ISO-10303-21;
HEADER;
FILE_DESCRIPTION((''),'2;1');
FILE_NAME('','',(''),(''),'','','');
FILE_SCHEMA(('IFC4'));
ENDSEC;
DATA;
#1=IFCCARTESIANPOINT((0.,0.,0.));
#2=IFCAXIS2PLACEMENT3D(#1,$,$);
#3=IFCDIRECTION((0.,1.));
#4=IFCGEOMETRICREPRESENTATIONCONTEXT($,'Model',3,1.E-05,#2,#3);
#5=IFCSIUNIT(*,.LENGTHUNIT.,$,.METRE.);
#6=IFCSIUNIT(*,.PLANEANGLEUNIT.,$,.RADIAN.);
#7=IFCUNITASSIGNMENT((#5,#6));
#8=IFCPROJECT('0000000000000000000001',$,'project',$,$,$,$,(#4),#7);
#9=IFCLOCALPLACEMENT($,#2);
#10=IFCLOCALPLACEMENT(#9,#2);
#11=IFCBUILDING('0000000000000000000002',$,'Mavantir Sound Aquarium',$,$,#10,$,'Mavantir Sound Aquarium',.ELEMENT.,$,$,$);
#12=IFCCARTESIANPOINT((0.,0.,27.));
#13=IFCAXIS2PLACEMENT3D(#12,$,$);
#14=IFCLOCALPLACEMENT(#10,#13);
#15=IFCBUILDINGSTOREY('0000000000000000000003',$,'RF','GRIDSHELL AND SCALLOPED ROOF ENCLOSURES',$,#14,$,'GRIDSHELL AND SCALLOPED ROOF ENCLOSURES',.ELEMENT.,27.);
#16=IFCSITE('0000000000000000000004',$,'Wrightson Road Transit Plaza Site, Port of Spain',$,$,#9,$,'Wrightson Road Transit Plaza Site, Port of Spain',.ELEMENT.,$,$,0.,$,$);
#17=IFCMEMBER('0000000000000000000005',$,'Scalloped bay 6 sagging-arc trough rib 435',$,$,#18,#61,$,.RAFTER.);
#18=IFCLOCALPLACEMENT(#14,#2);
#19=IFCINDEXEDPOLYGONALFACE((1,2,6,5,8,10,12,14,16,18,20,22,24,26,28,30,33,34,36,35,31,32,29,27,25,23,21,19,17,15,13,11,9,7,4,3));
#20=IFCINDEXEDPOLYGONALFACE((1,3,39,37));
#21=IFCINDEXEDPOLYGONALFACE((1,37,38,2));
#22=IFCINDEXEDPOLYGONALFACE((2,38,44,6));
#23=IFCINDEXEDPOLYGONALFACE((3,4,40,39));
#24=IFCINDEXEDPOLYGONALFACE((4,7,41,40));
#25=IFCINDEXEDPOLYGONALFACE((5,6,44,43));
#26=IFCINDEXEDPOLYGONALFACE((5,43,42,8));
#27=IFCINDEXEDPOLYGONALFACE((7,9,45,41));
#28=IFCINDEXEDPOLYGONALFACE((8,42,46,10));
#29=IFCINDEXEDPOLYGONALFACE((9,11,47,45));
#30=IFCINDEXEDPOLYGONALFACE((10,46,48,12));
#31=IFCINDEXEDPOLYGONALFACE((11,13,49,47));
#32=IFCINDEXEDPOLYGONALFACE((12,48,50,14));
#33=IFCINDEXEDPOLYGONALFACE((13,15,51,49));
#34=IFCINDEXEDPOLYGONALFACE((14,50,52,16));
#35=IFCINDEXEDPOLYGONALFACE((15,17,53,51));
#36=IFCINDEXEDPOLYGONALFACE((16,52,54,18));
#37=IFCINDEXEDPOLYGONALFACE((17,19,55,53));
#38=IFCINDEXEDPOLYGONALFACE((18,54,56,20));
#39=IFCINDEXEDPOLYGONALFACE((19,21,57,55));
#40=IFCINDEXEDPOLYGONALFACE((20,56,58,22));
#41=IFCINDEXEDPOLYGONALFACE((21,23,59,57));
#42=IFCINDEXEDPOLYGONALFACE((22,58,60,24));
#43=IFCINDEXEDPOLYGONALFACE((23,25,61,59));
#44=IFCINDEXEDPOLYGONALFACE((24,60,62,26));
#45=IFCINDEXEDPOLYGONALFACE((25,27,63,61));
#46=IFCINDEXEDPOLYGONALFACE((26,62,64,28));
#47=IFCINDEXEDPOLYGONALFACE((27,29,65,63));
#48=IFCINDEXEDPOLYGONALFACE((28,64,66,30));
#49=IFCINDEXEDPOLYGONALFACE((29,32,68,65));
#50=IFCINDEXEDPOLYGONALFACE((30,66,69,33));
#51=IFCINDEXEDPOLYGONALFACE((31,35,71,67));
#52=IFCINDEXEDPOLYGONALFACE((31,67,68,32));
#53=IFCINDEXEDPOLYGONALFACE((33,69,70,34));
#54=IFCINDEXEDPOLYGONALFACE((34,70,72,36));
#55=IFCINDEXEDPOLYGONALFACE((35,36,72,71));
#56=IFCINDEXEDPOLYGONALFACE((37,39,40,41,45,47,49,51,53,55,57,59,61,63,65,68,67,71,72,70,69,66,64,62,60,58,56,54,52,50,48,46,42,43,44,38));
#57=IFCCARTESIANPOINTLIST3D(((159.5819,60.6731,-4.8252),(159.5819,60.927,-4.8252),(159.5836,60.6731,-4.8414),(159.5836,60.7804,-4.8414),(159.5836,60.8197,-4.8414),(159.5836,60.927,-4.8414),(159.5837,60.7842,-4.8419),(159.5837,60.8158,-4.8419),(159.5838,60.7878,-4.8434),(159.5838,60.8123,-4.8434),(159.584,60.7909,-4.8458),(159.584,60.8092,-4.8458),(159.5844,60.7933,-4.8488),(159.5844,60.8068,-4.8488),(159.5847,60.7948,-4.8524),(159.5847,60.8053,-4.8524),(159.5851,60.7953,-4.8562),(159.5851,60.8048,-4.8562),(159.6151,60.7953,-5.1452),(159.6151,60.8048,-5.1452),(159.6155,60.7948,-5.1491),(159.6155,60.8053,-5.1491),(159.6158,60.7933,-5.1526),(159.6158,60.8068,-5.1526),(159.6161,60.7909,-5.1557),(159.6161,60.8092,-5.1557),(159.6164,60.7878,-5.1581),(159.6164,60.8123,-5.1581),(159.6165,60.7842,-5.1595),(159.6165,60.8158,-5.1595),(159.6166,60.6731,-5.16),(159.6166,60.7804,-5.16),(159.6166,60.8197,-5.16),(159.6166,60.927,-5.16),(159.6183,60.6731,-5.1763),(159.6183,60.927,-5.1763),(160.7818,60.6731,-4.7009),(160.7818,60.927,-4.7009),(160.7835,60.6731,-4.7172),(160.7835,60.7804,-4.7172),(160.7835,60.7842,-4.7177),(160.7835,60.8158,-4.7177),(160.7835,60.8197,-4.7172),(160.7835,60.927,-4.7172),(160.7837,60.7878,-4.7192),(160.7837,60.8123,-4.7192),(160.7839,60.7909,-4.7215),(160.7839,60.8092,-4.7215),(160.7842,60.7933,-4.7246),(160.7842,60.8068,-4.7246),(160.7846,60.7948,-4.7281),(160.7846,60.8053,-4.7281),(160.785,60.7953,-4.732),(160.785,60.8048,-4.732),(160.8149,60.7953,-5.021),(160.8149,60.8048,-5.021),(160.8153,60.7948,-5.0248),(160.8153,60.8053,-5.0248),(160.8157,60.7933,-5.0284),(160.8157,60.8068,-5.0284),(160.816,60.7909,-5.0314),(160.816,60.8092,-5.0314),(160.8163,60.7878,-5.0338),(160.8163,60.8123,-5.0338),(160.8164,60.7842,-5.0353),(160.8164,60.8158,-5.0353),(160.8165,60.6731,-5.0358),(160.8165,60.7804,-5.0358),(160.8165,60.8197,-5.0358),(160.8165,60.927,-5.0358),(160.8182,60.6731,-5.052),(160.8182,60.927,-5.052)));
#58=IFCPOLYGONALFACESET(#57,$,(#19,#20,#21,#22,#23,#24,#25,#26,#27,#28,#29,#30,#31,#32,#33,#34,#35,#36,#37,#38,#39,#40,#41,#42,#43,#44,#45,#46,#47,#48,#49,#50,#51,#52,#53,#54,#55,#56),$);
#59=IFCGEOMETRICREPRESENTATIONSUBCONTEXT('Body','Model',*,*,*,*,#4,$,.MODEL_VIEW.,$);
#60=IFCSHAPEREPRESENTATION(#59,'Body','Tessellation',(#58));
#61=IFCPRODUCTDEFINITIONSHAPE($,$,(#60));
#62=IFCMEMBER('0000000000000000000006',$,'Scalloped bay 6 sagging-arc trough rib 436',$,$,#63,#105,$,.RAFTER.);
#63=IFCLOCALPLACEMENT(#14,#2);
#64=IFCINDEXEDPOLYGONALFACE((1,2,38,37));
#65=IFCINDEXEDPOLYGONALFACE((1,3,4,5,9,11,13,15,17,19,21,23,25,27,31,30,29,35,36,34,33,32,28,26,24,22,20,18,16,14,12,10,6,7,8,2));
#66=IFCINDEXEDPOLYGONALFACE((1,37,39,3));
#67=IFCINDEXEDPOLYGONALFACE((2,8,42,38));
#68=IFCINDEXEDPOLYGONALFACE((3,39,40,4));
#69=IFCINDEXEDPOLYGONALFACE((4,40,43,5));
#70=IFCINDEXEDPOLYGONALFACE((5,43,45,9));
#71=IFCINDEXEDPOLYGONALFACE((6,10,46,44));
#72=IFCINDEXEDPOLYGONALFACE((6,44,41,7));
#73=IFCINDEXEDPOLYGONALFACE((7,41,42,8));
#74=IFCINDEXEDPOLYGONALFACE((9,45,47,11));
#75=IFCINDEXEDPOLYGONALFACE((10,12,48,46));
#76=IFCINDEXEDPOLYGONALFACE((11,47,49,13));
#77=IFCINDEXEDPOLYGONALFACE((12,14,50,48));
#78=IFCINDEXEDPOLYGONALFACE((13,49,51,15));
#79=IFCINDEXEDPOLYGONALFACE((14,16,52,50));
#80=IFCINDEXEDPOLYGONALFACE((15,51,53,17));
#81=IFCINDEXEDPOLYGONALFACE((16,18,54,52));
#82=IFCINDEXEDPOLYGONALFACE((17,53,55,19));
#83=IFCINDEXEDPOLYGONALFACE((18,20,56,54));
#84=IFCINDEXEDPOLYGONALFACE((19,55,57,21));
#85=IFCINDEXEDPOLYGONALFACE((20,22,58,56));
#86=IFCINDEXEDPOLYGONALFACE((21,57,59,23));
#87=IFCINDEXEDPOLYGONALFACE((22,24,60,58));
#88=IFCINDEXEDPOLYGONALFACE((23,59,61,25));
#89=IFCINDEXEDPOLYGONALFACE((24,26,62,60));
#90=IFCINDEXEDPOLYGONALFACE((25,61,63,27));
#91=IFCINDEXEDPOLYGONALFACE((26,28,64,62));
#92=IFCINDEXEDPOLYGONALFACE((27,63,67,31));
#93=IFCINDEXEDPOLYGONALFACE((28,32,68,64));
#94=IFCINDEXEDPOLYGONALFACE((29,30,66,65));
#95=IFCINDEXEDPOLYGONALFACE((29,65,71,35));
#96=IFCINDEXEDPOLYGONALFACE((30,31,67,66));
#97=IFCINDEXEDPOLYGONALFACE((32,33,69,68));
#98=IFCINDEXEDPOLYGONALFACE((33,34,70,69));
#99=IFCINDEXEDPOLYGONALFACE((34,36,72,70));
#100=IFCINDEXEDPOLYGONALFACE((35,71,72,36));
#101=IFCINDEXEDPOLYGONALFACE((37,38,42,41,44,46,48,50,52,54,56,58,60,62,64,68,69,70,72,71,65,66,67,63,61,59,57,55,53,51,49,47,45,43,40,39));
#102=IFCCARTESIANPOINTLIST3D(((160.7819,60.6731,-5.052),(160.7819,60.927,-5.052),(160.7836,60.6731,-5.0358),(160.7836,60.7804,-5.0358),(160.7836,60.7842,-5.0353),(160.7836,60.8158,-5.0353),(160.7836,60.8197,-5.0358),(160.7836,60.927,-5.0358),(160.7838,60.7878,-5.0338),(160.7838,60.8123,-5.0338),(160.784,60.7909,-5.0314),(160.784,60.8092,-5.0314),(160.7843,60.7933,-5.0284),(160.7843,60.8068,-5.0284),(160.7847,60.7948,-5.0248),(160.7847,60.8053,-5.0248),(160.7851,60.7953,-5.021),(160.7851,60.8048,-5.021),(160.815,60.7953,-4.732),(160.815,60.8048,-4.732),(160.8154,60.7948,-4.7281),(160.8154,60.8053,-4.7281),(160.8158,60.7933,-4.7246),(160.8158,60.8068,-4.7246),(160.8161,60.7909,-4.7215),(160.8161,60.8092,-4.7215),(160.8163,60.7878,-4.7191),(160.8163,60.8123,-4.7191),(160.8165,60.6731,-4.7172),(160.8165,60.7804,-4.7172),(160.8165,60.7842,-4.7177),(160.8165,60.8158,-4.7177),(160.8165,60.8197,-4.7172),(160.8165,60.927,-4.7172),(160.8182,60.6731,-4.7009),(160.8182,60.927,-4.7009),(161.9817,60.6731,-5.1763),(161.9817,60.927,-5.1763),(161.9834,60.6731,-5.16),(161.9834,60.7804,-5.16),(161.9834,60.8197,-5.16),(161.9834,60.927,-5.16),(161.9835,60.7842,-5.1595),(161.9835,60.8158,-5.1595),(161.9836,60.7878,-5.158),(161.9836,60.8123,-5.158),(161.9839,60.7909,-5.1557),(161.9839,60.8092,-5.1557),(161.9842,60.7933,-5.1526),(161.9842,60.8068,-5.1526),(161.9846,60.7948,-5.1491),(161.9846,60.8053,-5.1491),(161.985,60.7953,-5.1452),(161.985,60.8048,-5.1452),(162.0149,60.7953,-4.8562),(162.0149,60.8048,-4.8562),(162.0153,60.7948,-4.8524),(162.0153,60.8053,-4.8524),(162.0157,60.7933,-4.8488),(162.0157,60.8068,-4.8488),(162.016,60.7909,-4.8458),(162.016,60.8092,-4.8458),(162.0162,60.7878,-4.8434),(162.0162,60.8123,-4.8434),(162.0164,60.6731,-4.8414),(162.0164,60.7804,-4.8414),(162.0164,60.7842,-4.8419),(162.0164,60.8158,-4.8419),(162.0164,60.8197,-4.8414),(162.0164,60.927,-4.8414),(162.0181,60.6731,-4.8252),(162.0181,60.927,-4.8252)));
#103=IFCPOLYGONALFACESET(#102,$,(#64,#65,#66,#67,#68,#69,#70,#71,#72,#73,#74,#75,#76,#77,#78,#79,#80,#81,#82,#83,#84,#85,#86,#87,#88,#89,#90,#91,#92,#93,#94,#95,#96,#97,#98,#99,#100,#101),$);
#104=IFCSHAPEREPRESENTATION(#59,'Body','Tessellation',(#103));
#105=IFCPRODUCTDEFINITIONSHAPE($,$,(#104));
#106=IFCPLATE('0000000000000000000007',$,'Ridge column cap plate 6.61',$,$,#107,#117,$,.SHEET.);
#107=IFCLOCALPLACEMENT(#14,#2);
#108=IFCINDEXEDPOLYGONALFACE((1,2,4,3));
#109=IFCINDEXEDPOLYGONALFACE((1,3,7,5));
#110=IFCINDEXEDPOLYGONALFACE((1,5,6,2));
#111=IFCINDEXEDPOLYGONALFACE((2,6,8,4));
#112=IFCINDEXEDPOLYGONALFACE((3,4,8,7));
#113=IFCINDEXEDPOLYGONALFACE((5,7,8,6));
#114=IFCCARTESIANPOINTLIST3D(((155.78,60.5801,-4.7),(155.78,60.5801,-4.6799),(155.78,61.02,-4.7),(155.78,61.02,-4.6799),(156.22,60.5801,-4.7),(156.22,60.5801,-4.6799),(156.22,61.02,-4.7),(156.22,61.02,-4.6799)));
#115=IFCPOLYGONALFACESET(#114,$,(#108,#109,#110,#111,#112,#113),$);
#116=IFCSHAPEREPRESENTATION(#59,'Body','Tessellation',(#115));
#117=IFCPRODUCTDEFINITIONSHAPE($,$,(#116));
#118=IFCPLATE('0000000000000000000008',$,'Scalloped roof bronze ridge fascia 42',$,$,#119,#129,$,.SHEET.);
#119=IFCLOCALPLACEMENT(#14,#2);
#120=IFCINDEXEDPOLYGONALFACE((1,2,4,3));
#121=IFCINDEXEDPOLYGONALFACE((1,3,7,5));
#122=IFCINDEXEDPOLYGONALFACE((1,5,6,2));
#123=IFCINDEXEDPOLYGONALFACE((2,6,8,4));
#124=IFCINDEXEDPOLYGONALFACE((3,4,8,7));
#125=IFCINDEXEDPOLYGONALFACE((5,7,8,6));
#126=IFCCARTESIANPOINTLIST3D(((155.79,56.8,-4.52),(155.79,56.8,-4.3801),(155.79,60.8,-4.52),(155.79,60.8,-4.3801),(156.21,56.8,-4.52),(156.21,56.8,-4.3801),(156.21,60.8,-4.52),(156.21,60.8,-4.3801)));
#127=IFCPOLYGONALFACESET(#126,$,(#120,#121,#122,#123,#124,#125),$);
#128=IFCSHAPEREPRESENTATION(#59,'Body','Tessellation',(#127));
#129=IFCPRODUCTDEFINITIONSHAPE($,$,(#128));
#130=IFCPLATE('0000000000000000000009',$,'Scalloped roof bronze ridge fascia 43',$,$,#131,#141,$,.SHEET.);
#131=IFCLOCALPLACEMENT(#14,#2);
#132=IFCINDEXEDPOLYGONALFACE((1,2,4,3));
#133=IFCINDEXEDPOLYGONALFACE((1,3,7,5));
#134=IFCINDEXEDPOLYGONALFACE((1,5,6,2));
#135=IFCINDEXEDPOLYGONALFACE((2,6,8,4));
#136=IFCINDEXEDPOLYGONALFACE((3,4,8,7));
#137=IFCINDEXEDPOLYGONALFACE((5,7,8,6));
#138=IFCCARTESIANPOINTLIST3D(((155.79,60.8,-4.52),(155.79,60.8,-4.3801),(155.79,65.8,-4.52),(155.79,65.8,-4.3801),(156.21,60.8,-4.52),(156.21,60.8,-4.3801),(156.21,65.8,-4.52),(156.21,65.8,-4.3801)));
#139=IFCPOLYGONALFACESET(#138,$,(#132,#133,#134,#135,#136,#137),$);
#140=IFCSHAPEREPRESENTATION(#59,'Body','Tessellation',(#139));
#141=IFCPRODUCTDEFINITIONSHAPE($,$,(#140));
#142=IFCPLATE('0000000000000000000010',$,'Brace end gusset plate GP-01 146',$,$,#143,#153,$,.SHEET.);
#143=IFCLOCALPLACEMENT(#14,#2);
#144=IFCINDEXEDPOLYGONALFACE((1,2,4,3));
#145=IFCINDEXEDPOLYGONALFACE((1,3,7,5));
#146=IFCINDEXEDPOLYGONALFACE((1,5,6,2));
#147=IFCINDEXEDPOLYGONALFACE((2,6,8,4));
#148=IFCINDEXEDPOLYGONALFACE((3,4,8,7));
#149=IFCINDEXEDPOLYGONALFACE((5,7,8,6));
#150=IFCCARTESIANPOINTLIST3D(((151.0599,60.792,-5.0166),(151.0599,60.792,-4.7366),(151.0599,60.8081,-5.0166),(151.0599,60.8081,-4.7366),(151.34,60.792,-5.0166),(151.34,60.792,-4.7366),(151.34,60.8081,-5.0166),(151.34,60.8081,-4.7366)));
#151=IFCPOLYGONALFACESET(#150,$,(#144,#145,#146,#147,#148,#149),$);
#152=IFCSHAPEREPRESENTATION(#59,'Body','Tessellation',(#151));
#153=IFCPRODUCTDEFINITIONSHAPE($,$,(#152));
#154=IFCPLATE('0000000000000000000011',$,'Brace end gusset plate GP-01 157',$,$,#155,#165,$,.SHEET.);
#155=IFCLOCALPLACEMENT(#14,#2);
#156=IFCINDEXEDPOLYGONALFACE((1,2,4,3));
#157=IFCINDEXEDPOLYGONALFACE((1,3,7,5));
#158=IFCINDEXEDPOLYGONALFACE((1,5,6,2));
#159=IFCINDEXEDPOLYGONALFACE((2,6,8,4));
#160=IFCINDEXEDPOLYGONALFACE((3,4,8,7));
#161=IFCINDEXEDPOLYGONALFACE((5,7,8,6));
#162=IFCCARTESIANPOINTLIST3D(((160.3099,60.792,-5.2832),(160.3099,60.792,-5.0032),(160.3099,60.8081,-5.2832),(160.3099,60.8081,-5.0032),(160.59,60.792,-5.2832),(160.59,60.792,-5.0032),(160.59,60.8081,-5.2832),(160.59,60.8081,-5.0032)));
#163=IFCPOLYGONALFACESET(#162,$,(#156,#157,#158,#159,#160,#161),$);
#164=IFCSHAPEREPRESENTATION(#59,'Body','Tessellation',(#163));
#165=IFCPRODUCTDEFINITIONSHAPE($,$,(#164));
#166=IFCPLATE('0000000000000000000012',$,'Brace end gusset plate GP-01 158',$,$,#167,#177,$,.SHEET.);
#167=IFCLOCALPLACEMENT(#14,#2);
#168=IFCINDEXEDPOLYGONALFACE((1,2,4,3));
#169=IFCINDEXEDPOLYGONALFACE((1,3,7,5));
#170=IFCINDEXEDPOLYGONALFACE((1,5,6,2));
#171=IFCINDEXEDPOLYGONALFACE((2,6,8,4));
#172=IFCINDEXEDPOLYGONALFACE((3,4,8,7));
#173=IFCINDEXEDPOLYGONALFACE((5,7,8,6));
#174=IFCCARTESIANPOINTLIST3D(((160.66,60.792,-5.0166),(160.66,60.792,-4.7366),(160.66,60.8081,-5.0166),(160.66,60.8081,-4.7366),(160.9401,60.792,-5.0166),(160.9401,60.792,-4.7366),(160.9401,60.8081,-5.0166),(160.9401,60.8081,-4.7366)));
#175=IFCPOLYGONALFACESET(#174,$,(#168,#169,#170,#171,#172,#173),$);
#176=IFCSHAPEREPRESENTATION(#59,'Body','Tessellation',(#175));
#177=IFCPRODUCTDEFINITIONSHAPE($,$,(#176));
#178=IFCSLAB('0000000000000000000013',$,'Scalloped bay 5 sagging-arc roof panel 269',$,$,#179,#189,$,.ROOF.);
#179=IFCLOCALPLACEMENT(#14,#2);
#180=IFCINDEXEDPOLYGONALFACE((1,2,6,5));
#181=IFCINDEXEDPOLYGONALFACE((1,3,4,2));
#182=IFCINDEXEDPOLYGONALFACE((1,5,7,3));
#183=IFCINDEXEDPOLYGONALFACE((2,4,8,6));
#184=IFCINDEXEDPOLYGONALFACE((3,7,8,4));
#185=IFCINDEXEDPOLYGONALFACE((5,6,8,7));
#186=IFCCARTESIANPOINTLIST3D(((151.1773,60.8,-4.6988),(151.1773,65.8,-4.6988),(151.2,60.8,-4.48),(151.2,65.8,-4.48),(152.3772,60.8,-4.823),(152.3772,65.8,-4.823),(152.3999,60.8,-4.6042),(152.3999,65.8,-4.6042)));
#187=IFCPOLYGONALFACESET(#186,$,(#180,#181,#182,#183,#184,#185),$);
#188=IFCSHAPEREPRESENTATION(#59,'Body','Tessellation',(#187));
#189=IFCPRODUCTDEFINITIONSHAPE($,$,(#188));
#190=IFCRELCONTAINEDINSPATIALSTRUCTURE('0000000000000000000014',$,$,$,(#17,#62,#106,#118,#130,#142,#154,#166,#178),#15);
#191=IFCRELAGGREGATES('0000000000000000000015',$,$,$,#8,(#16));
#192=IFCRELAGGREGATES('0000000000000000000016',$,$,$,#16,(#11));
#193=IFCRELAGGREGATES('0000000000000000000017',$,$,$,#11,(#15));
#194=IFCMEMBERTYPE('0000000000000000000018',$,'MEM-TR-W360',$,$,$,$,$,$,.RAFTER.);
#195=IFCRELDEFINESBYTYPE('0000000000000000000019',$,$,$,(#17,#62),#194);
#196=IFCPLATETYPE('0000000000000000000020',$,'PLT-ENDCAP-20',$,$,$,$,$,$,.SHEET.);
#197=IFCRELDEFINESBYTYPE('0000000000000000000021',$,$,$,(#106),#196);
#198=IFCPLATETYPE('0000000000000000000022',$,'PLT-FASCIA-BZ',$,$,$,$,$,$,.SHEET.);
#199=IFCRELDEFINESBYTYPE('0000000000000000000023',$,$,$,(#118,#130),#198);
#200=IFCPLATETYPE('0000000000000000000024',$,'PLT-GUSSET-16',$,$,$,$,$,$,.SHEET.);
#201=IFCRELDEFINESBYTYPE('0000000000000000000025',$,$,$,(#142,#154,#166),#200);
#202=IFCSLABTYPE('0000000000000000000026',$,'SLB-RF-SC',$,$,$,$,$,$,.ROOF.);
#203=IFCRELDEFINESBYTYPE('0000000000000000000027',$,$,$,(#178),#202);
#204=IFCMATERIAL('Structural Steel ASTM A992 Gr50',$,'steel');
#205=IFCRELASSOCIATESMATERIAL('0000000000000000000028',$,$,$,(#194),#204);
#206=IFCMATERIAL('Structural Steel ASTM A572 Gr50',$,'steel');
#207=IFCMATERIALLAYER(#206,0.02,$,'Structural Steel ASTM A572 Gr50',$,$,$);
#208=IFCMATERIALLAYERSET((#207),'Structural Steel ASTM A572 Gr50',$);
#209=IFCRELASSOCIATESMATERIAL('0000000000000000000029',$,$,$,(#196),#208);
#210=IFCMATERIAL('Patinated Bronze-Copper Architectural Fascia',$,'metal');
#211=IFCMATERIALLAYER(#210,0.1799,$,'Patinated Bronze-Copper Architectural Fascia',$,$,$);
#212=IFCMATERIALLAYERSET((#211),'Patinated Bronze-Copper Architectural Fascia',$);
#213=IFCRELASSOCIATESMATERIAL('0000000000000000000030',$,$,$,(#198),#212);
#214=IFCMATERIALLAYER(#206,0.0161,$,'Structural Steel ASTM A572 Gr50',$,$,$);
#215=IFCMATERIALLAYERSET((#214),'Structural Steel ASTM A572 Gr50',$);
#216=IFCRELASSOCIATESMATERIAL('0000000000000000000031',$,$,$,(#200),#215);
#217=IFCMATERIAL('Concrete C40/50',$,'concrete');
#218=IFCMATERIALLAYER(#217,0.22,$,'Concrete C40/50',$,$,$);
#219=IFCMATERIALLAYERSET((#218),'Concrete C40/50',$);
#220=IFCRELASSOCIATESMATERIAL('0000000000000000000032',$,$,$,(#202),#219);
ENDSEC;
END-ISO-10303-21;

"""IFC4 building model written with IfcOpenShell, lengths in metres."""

from ifc_helpers import new_model, si_unit, direction, frame, origin, origin_2d, place, context, subcontext, project, spatial, polyline, rectangle, i_section, outline, extrude, material, layer, layer_set, material_profile, profile_set, type_object, element, save


model = new_model("IFC4")

# Units and contexts
model_context = context("Model", 3, precision=1e-05, world=origin(), true_north=direction((0.0, 1.0)))
body_context = subcontext(model_context, "Body", "Model", "MODEL_VIEW")
ifc_project = project(units=[si_unit("LENGTHUNIT", "METRE"), si_unit("PLANEANGLEUNIT", "RADIAN")], contexts=[model_context])

# Site, building, storey
site_placement = place(None, origin())
site = spatial("IfcSite", under=ifc_project, at=site_placement, Name="Wrightson Road Transit Plaza Site, Port of Spain", LongName="Wrightson Road Transit Plaza Site, Port of Spain", CompositionType="ELEMENT", RefElevation=0.0)
building_placement = place(site_placement, origin())
building = spatial("IfcBuilding", under=site, at=building_placement, Name="Mavantir Sound Aquarium", LongName="Mavantir Sound Aquarium", CompositionType="ELEMENT")
storey_placement = place(building_placement, frame((0.0, 0.0, 27.0)))
storey = spatial("IfcBuildingStorey", under=building, at=storey_placement, Name="RF", Description="GRIDSHELL AND SCALLOPED ROOF ENCLOSURES", LongName="GRIDSHELL AND SCALLOPED ROOF ENCLOSURES", CompositionType="ELEMENT", Elevation=27.0)

# Shared definitions
ifc_material_1 = material(Name="Concrete C40/50", Category="concrete")

# Shared definitions
ifc_material_2 = material(Name="Structural Steel ASTM A992 Gr50", Category="steel")

# Members
ifc_material_profile_1 = material_profile(ifc_material_2, i_section(OverallWidth=0.2539, OverallDepth=0.353, WebThickness=0.0095, FlangeThickness=0.0164, FilletRadius=0.0149, at=origin_2d()), Name="W360X91")
ifc_profile_set_1 = profile_set([ifc_material_profile_1], Name="Structural Steel ASTM A992 Gr50")
member_type_1 = type_object("IfcMemberType", Name="MEM-TR-W360", PredefinedType="RAFTER", material=ifc_profile_set_1)
for number, where, z_axis, x_axis, name in (
    (1, (159.6001, 60.8, -5.0007), (0.99468, 0.0, 0.10301), (0.0, 1.0, 0.0), "Scalloped bay 6 sagging-arc trough rib 435"),
    (2, (160.8, 60.8, -4.8765), (0.99468, 0.0, -0.10301), (0.0, 1.0, 0.0), "Scalloped bay 6 sagging-arc trough rib 436"),
):
    element("IfcMember", number, at=place(storey_placement, frame(where, z_axis=z_axis, x_axis=x_axis)), inside=storey, type_object=member_type_1, Name=name, PredefinedType="RAFTER", context=body_context, shape_type="SweptSolid", body=[
        extrude(i_section(OverallWidth=0.2539, OverallDepth=0.353, WebThickness=0.0095, FlangeThickness=0.0164, FilletRadius=0.0149, at=origin_2d()), origin(), (0.0, 0.0, 1.0), 1.2063),
    ])

# Plates
ifc_material_3 = material(Name="Structural Steel ASTM A572 Gr50", Category="steel")
ifc_layer_1 = layer(ifc_material_3, 0.02, Name="Structural Steel ASTM A572 Gr50")
ifc_layer_set_1 = layer_set([ifc_layer_1], Name="Structural Steel ASTM A572 Gr50")
plate_type_1 = type_object("IfcPlateType", Name="PLT-ENDCAP-20", PredefinedType="SHEET", material=ifc_layer_set_1)
plate_1_placement = place(storey_placement, frame((156.0, 60.8, -4.7), z_axis=(0.0, 0.0, 1.0), x_axis=(1.0, 0.0, 0.0)))
element("IfcPlate", 3, at=plate_1_placement, inside=storey, type_object=plate_type_1, Name="Ridge column cap plate 6.61", PredefinedType="SHEET", context=body_context, shape_type="SweptSolid", body=[
    extrude(rectangle(XDim=0.4399, YDim=0.4399, at=origin_2d()), origin(), (0.0, 0.0, 1.0), 0.02),
])
ifc_material_4 = material(Name="Patinated Bronze-Copper Architectural Fascia", Category="metal")
ifc_layer_2 = layer(ifc_material_4, 0.1799, Name="Patinated Bronze-Copper Architectural Fascia")
ifc_layer_set_2 = layer_set([ifc_layer_2], Name="Patinated Bronze-Copper Architectural Fascia")
plate_type_2 = type_object("IfcPlateType", Name="PLT-FASCIA-BZ", PredefinedType="SHEET", material=ifc_layer_set_2)
plate_2_placement = place(storey_placement, frame((156.0, 58.8, -4.52), z_axis=(0.0, 0.0, 1.0), x_axis=(1.0, 0.0, 0.0)))
element("IfcPlate", 4, at=plate_2_placement, inside=storey, type_object=plate_type_2, Name="Scalloped roof bronze ridge fascia 42", PredefinedType="SHEET", context=body_context, shape_type="SweptSolid", body=[
    extrude(rectangle(XDim=0.4199, YDim=4.0, at=origin_2d()), origin(), (0.0, 0.0, 1.0), 0.1399),
])
plate_3_placement = place(storey_placement, frame((156.0, 63.3, -4.52), z_axis=(0.0, 0.0, 1.0), x_axis=(1.0, 0.0, 0.0)))
element("IfcPlate", 5, at=plate_3_placement, inside=storey, type_object=plate_type_2, Name="Scalloped roof bronze ridge fascia 43", PredefinedType="SHEET", context=body_context, shape_type="SweptSolid", body=[
    extrude(rectangle(XDim=0.4199, YDim=5.0, at=origin_2d()), origin(), (0.0, 0.0, 1.0), 0.1399),
])
ifc_layer_3 = layer(ifc_material_3, 0.0161, Name="Structural Steel ASTM A572 Gr50")
ifc_layer_set_3 = layer_set([ifc_layer_3], Name="Structural Steel ASTM A572 Gr50")
plate_type_3 = type_object("IfcPlateType", Name="PLT-GUSSET-16", PredefinedType="SHEET", material=ifc_layer_set_3)
for number, where, z_axis, x_axis, name in (
    (6, (151.2, 60.8, -5.0166), (0.0, 0.0, 1.0), (1.0, 0.0, 0.0), "Brace end gusset plate GP-01 146"),
    (7, (160.45, 60.8, -5.2832), (0.0, 0.0, 1.0), (1.0, 0.0, 0.0), "Brace end gusset plate GP-01 157"),
    (8, (160.8, 60.8, -5.0166), (0.0, 0.0, 1.0), (1.0, 0.0, 0.0), "Brace end gusset plate GP-01 158"),
):
    element("IfcPlate", number, at=place(storey_placement, frame(where, z_axis=z_axis, x_axis=x_axis)), inside=storey, type_object=plate_type_3, Name=name, PredefinedType="SHEET", context=body_context, shape_type="SweptSolid", body=[
        extrude(rectangle(XDim=0.28, YDim=0.0161, at=origin_2d()), origin(), (0.0, 0.0, 1.0), 0.28),
    ])

# Slab
ifc_layer_4 = layer(ifc_material_1, 0.22, Name="Concrete C40/50")
ifc_layer_set_4 = layer_set([ifc_layer_4], Name="Concrete C40/50")
slab_type = type_object("IfcSlabType", Name="SLB-RF-SC", PredefinedType="ROOF", material=ifc_layer_set_4)
slab_1_placement = place(storey_placement, frame((151.2, 60.8, -4.48), z_axis=(0.10301, 0.0, 0.99468), x_axis=(0.99468, 0.0, -0.10301)))
element("IfcSlab", 9, at=slab_1_placement, inside=storey, type_object=slab_type, Name="Scalloped bay 5 sagging-arc roof panel 269", PredefinedType="ROOF", context=body_context, shape_type="SweptSolid", body=[
    extrude(outline(polyline([(0.0, 0.0), (1.2064, 0.0), (1.2064, 5.0), (0.0, 5.0), (0.0, 0.0)])), origin(), (0.0, 0.0, -1.0), 0.22),
])

save(model, "model.ifc")
